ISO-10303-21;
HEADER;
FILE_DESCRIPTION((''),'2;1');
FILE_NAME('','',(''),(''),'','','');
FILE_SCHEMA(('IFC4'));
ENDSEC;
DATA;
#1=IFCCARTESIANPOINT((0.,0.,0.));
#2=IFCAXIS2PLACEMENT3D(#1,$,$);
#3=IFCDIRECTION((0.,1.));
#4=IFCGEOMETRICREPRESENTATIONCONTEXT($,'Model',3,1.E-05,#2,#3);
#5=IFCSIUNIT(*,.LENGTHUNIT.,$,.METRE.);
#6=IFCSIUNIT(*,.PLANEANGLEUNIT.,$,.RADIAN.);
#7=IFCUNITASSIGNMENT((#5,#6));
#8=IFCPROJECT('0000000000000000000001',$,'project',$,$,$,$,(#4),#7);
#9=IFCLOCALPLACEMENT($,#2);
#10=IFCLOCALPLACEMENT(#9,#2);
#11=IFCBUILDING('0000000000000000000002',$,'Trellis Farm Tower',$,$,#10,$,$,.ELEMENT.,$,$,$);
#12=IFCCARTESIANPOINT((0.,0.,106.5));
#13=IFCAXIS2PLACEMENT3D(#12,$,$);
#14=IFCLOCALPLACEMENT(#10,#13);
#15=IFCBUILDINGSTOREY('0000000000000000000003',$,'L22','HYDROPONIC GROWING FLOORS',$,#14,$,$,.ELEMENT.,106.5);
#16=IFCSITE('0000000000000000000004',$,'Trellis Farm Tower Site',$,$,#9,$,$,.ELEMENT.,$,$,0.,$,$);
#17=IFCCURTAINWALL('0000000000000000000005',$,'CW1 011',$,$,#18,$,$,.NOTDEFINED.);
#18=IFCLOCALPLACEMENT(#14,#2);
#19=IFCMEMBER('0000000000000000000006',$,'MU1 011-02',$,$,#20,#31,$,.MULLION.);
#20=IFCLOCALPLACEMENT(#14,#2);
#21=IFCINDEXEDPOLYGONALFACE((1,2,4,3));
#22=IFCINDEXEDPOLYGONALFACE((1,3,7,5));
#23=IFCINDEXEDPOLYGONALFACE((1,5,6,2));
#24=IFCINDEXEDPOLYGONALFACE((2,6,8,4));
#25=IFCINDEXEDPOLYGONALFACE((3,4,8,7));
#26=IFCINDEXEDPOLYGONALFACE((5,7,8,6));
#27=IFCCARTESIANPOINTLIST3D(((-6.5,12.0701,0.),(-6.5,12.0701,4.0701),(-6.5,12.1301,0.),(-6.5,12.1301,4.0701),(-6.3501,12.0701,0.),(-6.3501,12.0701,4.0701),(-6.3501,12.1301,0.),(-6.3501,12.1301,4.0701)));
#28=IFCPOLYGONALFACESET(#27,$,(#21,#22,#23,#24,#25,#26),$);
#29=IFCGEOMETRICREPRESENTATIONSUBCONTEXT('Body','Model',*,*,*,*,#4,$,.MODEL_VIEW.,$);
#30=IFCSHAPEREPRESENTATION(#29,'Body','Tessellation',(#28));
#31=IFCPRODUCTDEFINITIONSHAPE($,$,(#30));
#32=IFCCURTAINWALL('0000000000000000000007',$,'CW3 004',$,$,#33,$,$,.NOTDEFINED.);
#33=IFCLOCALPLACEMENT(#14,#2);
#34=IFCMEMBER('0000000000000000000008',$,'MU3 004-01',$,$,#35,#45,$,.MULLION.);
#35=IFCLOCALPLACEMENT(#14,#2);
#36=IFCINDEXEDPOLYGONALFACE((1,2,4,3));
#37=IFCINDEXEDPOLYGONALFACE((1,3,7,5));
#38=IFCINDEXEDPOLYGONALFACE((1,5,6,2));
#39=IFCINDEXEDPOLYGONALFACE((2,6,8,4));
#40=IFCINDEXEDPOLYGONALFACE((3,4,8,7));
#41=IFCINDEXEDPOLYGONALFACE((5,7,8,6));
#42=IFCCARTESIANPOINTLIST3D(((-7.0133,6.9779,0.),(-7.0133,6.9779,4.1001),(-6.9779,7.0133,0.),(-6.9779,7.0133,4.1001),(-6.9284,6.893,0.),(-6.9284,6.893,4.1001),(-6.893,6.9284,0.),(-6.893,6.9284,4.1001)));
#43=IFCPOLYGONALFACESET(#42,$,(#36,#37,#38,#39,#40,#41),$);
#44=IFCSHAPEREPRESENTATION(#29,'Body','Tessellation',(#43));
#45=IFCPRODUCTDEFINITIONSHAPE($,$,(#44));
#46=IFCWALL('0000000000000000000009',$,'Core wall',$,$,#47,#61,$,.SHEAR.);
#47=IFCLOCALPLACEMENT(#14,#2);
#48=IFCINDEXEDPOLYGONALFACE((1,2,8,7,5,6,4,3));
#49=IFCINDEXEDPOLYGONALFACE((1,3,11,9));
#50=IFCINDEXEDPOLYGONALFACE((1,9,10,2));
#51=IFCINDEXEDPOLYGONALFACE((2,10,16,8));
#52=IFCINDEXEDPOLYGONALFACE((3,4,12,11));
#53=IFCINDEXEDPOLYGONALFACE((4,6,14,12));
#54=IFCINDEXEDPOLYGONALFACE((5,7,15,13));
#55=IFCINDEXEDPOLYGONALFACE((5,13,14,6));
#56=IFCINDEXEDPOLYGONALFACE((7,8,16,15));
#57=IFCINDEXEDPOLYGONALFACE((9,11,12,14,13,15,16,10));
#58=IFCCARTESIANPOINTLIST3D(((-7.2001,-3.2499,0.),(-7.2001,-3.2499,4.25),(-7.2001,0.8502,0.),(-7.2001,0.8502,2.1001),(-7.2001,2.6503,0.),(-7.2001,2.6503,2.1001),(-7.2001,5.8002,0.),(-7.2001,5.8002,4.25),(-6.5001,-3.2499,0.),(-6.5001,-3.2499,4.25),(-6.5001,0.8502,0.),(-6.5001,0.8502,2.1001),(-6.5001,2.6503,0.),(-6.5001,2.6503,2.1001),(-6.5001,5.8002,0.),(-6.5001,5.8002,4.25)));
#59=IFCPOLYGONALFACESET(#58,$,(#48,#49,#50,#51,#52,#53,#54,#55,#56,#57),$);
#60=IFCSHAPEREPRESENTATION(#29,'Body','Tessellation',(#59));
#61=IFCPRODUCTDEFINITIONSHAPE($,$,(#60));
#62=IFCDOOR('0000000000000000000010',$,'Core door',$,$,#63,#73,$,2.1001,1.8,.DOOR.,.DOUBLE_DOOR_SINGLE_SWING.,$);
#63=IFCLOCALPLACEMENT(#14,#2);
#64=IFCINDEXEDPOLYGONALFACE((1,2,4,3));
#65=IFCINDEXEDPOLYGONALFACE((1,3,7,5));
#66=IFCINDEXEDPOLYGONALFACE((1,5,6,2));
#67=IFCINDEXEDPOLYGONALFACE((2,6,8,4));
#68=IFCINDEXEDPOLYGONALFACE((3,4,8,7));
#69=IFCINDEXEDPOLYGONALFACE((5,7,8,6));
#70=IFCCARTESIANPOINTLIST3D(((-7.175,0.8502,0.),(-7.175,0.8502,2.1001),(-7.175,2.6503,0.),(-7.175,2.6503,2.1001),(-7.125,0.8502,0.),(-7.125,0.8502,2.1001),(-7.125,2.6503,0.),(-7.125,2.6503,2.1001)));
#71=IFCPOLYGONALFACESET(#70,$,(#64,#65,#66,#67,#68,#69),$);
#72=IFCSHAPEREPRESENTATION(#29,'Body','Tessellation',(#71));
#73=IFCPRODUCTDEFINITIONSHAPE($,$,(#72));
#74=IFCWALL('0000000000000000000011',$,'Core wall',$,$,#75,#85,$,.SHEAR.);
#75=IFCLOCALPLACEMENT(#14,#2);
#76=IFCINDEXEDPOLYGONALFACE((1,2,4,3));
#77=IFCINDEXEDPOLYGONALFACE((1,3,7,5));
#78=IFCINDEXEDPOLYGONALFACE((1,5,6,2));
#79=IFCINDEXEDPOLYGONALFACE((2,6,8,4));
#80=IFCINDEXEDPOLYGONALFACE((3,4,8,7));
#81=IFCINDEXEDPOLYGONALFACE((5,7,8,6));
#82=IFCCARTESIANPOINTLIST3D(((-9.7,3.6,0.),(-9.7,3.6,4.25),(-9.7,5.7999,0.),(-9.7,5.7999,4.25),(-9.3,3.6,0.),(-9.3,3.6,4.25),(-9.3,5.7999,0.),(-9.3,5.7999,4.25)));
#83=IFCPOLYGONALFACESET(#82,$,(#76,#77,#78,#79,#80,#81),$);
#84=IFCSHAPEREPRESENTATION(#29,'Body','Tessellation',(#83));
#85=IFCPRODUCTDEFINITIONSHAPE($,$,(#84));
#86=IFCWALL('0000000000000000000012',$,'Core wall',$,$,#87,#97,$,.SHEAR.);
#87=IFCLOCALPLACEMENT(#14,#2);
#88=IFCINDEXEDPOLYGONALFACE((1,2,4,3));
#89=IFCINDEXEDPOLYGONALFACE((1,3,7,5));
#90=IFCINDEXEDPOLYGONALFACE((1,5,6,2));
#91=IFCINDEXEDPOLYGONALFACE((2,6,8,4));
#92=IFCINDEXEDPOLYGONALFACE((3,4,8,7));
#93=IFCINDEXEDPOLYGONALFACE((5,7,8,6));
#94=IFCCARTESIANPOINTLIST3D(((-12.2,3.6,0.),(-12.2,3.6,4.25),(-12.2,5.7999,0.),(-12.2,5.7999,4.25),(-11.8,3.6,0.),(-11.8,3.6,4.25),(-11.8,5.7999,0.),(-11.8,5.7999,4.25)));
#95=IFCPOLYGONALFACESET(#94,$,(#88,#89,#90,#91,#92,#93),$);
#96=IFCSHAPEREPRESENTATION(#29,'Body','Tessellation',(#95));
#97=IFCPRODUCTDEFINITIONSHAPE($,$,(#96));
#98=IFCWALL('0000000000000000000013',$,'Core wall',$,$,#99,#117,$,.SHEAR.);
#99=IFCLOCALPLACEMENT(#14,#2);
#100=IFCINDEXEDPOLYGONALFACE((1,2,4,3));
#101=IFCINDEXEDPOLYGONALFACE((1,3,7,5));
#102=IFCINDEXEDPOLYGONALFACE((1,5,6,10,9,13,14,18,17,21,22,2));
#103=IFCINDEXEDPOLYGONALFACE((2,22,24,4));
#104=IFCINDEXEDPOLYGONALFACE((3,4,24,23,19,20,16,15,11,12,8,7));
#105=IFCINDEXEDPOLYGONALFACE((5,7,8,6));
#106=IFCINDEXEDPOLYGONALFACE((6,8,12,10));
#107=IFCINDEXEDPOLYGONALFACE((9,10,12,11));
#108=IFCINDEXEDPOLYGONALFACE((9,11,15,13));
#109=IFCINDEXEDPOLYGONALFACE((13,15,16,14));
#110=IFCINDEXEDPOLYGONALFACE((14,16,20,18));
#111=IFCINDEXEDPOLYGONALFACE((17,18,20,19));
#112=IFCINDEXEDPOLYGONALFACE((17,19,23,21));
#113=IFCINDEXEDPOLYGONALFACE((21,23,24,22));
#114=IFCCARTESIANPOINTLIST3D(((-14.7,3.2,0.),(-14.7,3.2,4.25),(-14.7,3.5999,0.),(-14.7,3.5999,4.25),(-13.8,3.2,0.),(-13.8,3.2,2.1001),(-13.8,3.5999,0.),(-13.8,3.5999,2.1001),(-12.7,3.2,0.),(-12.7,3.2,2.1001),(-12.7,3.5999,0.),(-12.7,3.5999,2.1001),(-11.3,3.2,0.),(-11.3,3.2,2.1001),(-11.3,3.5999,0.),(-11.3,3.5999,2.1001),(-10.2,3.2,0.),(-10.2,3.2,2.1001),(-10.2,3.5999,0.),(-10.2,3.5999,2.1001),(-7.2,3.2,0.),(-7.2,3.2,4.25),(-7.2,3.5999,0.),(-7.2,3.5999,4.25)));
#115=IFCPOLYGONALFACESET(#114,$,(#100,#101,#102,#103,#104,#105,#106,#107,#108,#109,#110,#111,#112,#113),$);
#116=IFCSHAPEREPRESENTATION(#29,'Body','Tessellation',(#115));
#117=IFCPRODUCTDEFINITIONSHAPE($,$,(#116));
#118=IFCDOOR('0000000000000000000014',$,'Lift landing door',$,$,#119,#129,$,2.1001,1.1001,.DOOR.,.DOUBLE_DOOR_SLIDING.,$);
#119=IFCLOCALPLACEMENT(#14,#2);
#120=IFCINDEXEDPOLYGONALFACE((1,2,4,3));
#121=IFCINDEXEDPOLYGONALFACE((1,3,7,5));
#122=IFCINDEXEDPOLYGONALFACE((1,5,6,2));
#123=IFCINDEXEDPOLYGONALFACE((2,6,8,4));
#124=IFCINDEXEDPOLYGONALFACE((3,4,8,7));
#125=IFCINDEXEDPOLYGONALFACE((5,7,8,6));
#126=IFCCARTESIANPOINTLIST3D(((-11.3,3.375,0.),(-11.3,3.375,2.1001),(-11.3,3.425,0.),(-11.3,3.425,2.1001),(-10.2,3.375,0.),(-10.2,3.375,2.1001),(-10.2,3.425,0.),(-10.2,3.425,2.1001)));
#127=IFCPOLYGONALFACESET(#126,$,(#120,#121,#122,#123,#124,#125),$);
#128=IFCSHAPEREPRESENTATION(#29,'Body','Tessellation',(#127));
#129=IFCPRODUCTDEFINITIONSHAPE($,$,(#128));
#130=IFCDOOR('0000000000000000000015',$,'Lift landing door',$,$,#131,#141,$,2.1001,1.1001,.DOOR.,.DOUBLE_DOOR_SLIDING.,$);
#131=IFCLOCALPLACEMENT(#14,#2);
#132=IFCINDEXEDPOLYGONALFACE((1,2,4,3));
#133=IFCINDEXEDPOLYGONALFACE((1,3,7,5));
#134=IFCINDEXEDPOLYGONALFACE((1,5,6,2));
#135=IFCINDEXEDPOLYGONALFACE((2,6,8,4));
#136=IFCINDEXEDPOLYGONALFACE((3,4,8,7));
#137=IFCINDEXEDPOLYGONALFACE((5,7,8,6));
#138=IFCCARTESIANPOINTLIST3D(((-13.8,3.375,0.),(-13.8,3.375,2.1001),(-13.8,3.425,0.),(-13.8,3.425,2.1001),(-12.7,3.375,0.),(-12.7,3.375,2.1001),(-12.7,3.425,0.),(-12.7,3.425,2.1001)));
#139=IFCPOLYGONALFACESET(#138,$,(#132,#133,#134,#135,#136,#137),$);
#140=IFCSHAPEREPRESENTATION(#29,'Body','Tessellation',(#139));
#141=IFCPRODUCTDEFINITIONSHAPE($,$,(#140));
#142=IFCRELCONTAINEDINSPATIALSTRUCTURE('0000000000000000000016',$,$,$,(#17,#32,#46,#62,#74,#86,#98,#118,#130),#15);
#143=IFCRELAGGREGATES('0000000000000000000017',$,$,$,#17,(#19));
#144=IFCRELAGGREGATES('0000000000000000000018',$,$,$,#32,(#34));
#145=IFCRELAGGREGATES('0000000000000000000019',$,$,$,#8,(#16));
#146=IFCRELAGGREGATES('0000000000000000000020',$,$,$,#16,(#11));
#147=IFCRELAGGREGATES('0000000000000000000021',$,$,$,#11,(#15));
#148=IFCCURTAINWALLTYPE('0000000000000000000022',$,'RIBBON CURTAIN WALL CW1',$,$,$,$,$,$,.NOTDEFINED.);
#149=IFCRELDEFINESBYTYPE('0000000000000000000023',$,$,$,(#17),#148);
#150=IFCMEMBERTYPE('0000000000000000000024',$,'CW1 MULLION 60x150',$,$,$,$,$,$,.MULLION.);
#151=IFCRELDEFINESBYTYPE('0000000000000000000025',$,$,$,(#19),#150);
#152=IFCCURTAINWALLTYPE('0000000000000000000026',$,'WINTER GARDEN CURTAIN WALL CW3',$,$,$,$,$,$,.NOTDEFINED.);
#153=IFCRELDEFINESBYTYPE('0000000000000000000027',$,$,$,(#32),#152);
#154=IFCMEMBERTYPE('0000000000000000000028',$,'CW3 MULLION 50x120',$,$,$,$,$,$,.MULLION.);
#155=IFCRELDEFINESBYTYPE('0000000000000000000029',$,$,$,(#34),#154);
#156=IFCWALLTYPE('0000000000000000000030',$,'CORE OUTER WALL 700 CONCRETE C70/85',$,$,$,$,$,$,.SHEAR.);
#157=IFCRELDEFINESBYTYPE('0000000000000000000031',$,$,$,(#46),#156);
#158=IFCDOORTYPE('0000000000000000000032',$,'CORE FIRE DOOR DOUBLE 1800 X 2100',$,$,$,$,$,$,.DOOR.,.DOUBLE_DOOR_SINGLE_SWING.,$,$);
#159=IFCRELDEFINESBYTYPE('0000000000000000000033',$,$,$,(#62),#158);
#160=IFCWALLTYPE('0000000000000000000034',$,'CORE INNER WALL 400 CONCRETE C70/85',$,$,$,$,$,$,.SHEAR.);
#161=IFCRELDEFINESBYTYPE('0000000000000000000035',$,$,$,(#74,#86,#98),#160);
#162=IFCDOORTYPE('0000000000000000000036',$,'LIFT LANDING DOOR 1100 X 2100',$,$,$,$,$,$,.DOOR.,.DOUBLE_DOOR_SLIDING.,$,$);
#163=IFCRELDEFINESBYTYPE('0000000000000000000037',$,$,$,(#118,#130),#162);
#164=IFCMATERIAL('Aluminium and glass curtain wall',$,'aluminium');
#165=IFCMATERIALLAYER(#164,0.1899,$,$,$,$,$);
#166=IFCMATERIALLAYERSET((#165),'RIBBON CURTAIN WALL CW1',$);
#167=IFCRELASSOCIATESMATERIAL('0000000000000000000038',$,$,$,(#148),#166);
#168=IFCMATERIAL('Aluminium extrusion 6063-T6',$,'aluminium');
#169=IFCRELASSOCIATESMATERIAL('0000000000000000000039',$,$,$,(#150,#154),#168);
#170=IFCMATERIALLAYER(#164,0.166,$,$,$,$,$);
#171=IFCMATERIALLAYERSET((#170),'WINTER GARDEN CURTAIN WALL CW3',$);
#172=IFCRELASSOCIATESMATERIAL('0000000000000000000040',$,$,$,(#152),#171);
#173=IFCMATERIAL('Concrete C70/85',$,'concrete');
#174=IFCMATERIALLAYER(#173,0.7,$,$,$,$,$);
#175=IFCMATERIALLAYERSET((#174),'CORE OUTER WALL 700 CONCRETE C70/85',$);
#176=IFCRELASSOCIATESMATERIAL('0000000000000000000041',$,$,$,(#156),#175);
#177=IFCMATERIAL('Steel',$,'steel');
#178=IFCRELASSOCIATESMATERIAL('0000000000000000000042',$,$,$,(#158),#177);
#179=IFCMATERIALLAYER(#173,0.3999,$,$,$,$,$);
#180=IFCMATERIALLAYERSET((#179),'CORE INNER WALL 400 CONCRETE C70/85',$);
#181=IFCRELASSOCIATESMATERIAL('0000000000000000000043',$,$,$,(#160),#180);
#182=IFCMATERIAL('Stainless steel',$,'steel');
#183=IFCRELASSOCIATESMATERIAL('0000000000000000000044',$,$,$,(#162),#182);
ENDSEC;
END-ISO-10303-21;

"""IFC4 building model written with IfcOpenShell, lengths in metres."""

from ifc_helpers import new_model, si_unit, direction, frame, frame_2d, origin, origin_2d, place, context, subcontext, project, spatial, rectangle, extrude, source, transform, mapped, material, layer, layer_set, material_profile, profile_set, type_object, element, fill, aggregate, save


model = new_model("IFC4")

# Units and contexts
model_context = context("Model", 3, precision=1e-05, world=origin(), true_north=direction((0.0, 1.0)))
body_context = subcontext(model_context, "Body", "Model", "MODEL_VIEW")
ifc_project = project(units=[si_unit("LENGTHUNIT", "METRE"), si_unit("PLANEANGLEUNIT", "RADIAN")], contexts=[model_context])

# Site, building, storey
site_placement = place(None, origin())
site = spatial("IfcSite", under=ifc_project, at=site_placement, Name="Trellis Farm Tower Site", CompositionType="ELEMENT", RefElevation=0.0)
building_placement = place(site_placement, origin())
building = spatial("IfcBuilding", under=site, at=building_placement, Name="Trellis Farm Tower", CompositionType="ELEMENT")
storey_placement = place(building_placement, frame((0.0, 0.0, 106.5)))
storey = spatial("IfcBuildingStorey", under=building, at=storey_placement, Name="L22", Description="HYDROPONIC GROWING FLOORS", CompositionType="ELEMENT", Elevation=106.5)

# Shared definitions
ifc_material_1 = material(Name="Aluminium and glass curtain wall", Category="aluminium")
ifc_layer_1 = layer(ifc_material_1, 0.1899)
ifc_layer_set_1 = layer_set([ifc_layer_1], Name="RIBBON CURTAIN WALL CW1")
curtain_wall_type_1 = type_object("IfcCurtainWallType", Name="RIBBON CURTAIN WALL CW1", PredefinedType="NOTDEFINED", material=ifc_layer_set_1)
placement = place(storey_placement, origin())
ifc_material_2 = material(Name="Aluminium extrusion 6063-T6", Category="aluminium")
ifc_material_profile_1 = material_profile(ifc_material_2, rectangle(XDim=0.0601, YDim=0.1499, at=origin_2d()), Name="MULLION 60x150")
ifc_profile_set_1 = profile_set([ifc_material_profile_1], Name="Aluminium extrusion 6063-T6")
member_type_1 = type_object("IfcMemberType", Name="CW1 MULLION 60x150", PredefinedType="MULLION", material=ifc_profile_set_1)
shared_shape_1 = source(origin(), body_context, "Body", "SweptSolid", [
    extrude(rectangle(XDim=0.0601, YDim=0.1499, at=origin_2d()), origin(), (0.0, 0.0, 1.0), 4.0701),
])

# Curtain wall, member
curtain_wall_1 = element("IfcCurtainWall", 1, at=placement, inside=storey, type_object=curtain_wall_type_1, Name="CW1 011", PredefinedType="NOTDEFINED")
member_1_placement = place(storey_placement, frame((-6.425, 12.1001, 0.0), z_axis=(0.0, 0.0, 1.0), x_axis=(0.0, -1.0, 0.0)))
member_1 = element("IfcMember", 2, at=member_1_placement, type_object=member_type_1, Name="MU1 011-02", PredefinedType="MULLION", context=body_context, shape_type="MappedRepresentation", body=[
    mapped(shared_shape_1, transform((0.0, 0.0, 0.0))),
])
aggregate(curtain_wall_1, [member_1])

# Curtain wall, member
ifc_layer_2 = layer(ifc_material_1, 0.166)
ifc_layer_set_2 = layer_set([ifc_layer_2], Name="WINTER GARDEN CURTAIN WALL CW3")
curtain_wall_type_2 = type_object("IfcCurtainWallType", Name="WINTER GARDEN CURTAIN WALL CW3", PredefinedType="NOTDEFINED", material=ifc_layer_set_2)
curtain_wall_2 = element("IfcCurtainWall", 3, at=placement, inside=storey, type_object=curtain_wall_type_2, Name="CW3 004", PredefinedType="NOTDEFINED")
ifc_material_profile_2 = material_profile(ifc_material_2, rectangle(XDim=0.05, YDim=0.1201, at=origin_2d()), Name="MULLION 50x120")
ifc_profile_set_2 = profile_set([ifc_material_profile_2], Name="Aluminium extrusion 6063-T6")
member_type_2 = type_object("IfcMemberType", Name="CW3 MULLION 50x120", PredefinedType="MULLION", material=ifc_profile_set_2)
shared_shape_2 = source(origin(), body_context, "Body", "SweptSolid", [
    extrude(rectangle(XDim=0.05, YDim=0.1201, at=origin_2d()), origin(), (0.0, 0.0, 1.0), 4.1001),
])
member_2_placement = place(storey_placement, frame((-6.9531, 6.9531, 0.0), z_axis=(0.0, 0.0, 1.0), x_axis=(-0.707107, -0.707107, 0.0)))
member_2 = element("IfcMember", 4, at=member_2_placement, type_object=member_type_2, Name="MU3 004-01", PredefinedType="MULLION", context=body_context, shape_type="MappedRepresentation", body=[
    mapped(shared_shape_2, transform((0.0, 0.0, 0.0))),
])
aggregate(curtain_wall_2, [member_2])

# Wall, opening, door
ifc_material_3 = material(Name="Concrete C70/85", Category="concrete")
ifc_layer_3 = layer(ifc_material_3, 0.7)
ifc_layer_set_3 = layer_set([ifc_layer_3], Name="CORE OUTER WALL 700 CONCRETE C70/85")
wall_type_1 = type_object("IfcWallType", Name="CORE OUTER WALL 700 CONCRETE C70/85", PredefinedType="SHEAR", material=ifc_layer_set_3)
shared_shape_3 = source(origin(), body_context, "Body", "SweptSolid", [
    extrude(rectangle(XDim=9.05, YDim=0.7, at=frame_2d((4.5249, 0.0))), origin(), (0.0, 0.0, 1.0), 4.25),
])
wall_1_placement = place(storey_placement, frame((-6.8501, 5.8, 0.0), z_axis=(0.0, 0.0, 1.0), x_axis=(0.0, -1.0, 0.0)))
wall_1 = element("IfcWall", 5, at=wall_1_placement, inside=storey, type_object=wall_type_1, Name="Core wall", PredefinedType="SHEAR", context=body_context, shape_type="MappedRepresentation", body=[
    mapped(shared_shape_3, transform((0.0, 0.0, 0.0))),
])
shared_shape_4 = source(origin(), body_context, "Body", "SweptSolid", [
    extrude(rectangle(XDim=1.8, YDim=2.1001, at=frame_2d((0.8999, 1.05))), frame((0.0, 0.3601, 0.0), z_axis=(0.0, -1.0, 0.0), x_axis=(1.0, 0.0, 0.0)), (0.0, 0.0, 1.0), 0.7202),
])
opening_1_placement = place(wall_1_placement, frame((3.1499, 0.0, 0.0)))
opening_1 = element("IfcOpeningElement", 6, at=opening_1_placement, cuts=wall_1, PredefinedType="OPENING", context=body_context, shape_type="MappedRepresentation", body=[
    mapped(shared_shape_4, transform((0.0, 0.0, 0.0))),
])
ifc_material_4 = material(Name="Steel", Category="steel")
door_type_1 = type_object("IfcDoorType", Name="CORE FIRE DOOR DOUBLE 1800 X 2100", OperationType="DOUBLE_DOOR_SINGLE_SWING", PredefinedType="DOOR", material=ifc_material_4)
shared_shape_5 = source(origin(), body_context, "Body", "SweptSolid", [
    extrude(rectangle(XDim=1.8, YDim=2.1001, at=frame_2d((0.8999, 1.05))), frame((0.0, -0.2749, 0.0), z_axis=(0.0, -1.0, 0.0), x_axis=(1.0, 0.0, 0.0)), (0.0, 0.0, 1.0), 0.05),
])
door_1_placement = place(opening_1_placement, origin())
door_1 = element("IfcDoor", 7, at=door_1_placement, inside=storey, type_object=door_type_1, Name="Core door", OperationType="DOUBLE_DOOR_SINGLE_SWING", OverallHeight=2.1001, OverallWidth=1.8, PredefinedType="DOOR", context=body_context, shape_type="MappedRepresentation", body=[
    mapped(shared_shape_5, transform((0.0, 0.0, 0.0))),
])
fill(opening_1, door_1)

# Walls
ifc_layer_4 = layer(ifc_material_3, 0.3999)
ifc_layer_set_4 = layer_set([ifc_layer_4], Name="CORE INNER WALL 400 CONCRETE C70/85")
wall_type_2 = type_object("IfcWallType", Name="CORE INNER WALL 400 CONCRETE C70/85", PredefinedType="SHEAR", material=ifc_layer_set_4)
shared_shape_6 = source(origin(), body_context, "Body", "SweptSolid", [
    extrude(rectangle(XDim=2.2, YDim=0.3999, at=frame_2d((1.1001, 0.0))), origin(), (0.0, 0.0, 1.0), 4.25),
])
for number, where, z_axis, x_axis, name in (
    (8, (-9.5, 5.8, 0.0), (0.0, 0.0, 1.0), (0.0, -1.0, 0.0), "Core wall"),
    (9, (-12.0, 5.8, 0.0), (0.0, 0.0, 1.0), (0.0, -1.0, 0.0), "Core wall"),
):
    element("IfcWall", number, at=place(storey_placement, frame(where, z_axis=z_axis, x_axis=x_axis)), inside=storey, type_object=wall_type_2, Name=name, PredefinedType="SHEAR", context=body_context, shape_type="MappedRepresentation", body=[
        mapped(shared_shape_6, transform((0.0, 0.0, 0.0))),
    ])

# Wall, openings, doors
shared_shape_7 = source(origin(), body_context, "Body", "SweptSolid", [
    extrude(rectangle(XDim=7.5, YDim=0.3999, at=frame_2d((3.75, 0.0))), origin(), (0.0, 0.0, 1.0), 4.25),
])
wall_2_placement = place(storey_placement, frame((-7.2, 3.3999, 0.0), z_axis=(0.0, 0.0, 1.0), x_axis=(-1.0, 0.0, 0.0)))
wall_2 = element("IfcWall", 10, at=wall_2_placement, inside=storey, type_object=wall_type_2, Name="Core wall", PredefinedType="SHEAR", context=body_context, shape_type="MappedRepresentation", body=[
    mapped(shared_shape_7, transform((0.0, 0.0, 0.0))),
])
shared_shape_8 = source(origin(), body_context, "Body", "SweptSolid", [
    extrude(rectangle(XDim=1.1001, YDim=2.1001, at=frame_2d((0.55, 1.05))), frame((0.0, 0.21, 0.0), z_axis=(0.0, -1.0, 0.0), x_axis=(1.0, 0.0, 0.0)), (0.0, 0.0, 1.0), 0.4199),
])
opening_2_placement = place(wall_2_placement, frame((3.0, 0.0, 0.0)))
opening_2 = element("IfcOpeningElement", 11, at=opening_2_placement, cuts=wall_2, PredefinedType="OPENING", context=body_context, shape_type="MappedRepresentation", body=[
    mapped(shared_shape_8, transform((0.0, 0.0, 0.0))),
])
opening_3_placement = place(wall_2_placement, frame((5.5, 0.0, 0.0)))
opening_3 = element("IfcOpeningElement", 12, at=opening_3_placement, cuts=wall_2, PredefinedType="OPENING", context=body_context, shape_type="MappedRepresentation", body=[
    mapped(shared_shape_8, transform((0.0, 0.0, 0.0))),
])
ifc_material_5 = material(Name="Stainless steel", Category="steel")
door_type_2 = type_object("IfcDoorType", Name="LIFT LANDING DOOR 1100 X 2100", OperationType="DOUBLE_DOOR_SLIDING", PredefinedType="DOOR", material=ifc_material_5)
shared_shape_9 = source(origin(), body_context, "Body", "SweptSolid", [
    extrude(rectangle(XDim=1.1001, YDim=2.1001, at=frame_2d((0.55, 1.05))), frame((0.0, 0.0249, 0.0), z_axis=(0.0, -1.0, 0.0), x_axis=(1.0, 0.0, 0.0)), (0.0, 0.0, 1.0), 0.05),
])
door_2_placement = place(opening_2_placement, origin())
door_2 = element("IfcDoor", 13, at=door_2_placement, inside=storey, type_object=door_type_2, Name="Lift landing door", OperationType="DOUBLE_DOOR_SLIDING", OverallHeight=2.1001, OverallWidth=1.1001, PredefinedType="DOOR", context=body_context, shape_type="MappedRepresentation", body=[
    mapped(shared_shape_9, transform((0.0, 0.0, 0.0))),
])
fill(opening_2, door_2)
door_3_placement = place(opening_3_placement, origin())
door_3 = element("IfcDoor", 14, at=door_3_placement, inside=storey, type_object=door_type_2, Name="Lift landing door", OperationType="DOUBLE_DOOR_SLIDING", OverallHeight=2.1001, OverallWidth=1.1001, PredefinedType="DOOR", context=body_context, shape_type="MappedRepresentation", body=[
    mapped(shared_shape_9, transform((0.0, 0.0, 0.0))),
])
fill(opening_3, door_3)

save(model, "model.ifc")
